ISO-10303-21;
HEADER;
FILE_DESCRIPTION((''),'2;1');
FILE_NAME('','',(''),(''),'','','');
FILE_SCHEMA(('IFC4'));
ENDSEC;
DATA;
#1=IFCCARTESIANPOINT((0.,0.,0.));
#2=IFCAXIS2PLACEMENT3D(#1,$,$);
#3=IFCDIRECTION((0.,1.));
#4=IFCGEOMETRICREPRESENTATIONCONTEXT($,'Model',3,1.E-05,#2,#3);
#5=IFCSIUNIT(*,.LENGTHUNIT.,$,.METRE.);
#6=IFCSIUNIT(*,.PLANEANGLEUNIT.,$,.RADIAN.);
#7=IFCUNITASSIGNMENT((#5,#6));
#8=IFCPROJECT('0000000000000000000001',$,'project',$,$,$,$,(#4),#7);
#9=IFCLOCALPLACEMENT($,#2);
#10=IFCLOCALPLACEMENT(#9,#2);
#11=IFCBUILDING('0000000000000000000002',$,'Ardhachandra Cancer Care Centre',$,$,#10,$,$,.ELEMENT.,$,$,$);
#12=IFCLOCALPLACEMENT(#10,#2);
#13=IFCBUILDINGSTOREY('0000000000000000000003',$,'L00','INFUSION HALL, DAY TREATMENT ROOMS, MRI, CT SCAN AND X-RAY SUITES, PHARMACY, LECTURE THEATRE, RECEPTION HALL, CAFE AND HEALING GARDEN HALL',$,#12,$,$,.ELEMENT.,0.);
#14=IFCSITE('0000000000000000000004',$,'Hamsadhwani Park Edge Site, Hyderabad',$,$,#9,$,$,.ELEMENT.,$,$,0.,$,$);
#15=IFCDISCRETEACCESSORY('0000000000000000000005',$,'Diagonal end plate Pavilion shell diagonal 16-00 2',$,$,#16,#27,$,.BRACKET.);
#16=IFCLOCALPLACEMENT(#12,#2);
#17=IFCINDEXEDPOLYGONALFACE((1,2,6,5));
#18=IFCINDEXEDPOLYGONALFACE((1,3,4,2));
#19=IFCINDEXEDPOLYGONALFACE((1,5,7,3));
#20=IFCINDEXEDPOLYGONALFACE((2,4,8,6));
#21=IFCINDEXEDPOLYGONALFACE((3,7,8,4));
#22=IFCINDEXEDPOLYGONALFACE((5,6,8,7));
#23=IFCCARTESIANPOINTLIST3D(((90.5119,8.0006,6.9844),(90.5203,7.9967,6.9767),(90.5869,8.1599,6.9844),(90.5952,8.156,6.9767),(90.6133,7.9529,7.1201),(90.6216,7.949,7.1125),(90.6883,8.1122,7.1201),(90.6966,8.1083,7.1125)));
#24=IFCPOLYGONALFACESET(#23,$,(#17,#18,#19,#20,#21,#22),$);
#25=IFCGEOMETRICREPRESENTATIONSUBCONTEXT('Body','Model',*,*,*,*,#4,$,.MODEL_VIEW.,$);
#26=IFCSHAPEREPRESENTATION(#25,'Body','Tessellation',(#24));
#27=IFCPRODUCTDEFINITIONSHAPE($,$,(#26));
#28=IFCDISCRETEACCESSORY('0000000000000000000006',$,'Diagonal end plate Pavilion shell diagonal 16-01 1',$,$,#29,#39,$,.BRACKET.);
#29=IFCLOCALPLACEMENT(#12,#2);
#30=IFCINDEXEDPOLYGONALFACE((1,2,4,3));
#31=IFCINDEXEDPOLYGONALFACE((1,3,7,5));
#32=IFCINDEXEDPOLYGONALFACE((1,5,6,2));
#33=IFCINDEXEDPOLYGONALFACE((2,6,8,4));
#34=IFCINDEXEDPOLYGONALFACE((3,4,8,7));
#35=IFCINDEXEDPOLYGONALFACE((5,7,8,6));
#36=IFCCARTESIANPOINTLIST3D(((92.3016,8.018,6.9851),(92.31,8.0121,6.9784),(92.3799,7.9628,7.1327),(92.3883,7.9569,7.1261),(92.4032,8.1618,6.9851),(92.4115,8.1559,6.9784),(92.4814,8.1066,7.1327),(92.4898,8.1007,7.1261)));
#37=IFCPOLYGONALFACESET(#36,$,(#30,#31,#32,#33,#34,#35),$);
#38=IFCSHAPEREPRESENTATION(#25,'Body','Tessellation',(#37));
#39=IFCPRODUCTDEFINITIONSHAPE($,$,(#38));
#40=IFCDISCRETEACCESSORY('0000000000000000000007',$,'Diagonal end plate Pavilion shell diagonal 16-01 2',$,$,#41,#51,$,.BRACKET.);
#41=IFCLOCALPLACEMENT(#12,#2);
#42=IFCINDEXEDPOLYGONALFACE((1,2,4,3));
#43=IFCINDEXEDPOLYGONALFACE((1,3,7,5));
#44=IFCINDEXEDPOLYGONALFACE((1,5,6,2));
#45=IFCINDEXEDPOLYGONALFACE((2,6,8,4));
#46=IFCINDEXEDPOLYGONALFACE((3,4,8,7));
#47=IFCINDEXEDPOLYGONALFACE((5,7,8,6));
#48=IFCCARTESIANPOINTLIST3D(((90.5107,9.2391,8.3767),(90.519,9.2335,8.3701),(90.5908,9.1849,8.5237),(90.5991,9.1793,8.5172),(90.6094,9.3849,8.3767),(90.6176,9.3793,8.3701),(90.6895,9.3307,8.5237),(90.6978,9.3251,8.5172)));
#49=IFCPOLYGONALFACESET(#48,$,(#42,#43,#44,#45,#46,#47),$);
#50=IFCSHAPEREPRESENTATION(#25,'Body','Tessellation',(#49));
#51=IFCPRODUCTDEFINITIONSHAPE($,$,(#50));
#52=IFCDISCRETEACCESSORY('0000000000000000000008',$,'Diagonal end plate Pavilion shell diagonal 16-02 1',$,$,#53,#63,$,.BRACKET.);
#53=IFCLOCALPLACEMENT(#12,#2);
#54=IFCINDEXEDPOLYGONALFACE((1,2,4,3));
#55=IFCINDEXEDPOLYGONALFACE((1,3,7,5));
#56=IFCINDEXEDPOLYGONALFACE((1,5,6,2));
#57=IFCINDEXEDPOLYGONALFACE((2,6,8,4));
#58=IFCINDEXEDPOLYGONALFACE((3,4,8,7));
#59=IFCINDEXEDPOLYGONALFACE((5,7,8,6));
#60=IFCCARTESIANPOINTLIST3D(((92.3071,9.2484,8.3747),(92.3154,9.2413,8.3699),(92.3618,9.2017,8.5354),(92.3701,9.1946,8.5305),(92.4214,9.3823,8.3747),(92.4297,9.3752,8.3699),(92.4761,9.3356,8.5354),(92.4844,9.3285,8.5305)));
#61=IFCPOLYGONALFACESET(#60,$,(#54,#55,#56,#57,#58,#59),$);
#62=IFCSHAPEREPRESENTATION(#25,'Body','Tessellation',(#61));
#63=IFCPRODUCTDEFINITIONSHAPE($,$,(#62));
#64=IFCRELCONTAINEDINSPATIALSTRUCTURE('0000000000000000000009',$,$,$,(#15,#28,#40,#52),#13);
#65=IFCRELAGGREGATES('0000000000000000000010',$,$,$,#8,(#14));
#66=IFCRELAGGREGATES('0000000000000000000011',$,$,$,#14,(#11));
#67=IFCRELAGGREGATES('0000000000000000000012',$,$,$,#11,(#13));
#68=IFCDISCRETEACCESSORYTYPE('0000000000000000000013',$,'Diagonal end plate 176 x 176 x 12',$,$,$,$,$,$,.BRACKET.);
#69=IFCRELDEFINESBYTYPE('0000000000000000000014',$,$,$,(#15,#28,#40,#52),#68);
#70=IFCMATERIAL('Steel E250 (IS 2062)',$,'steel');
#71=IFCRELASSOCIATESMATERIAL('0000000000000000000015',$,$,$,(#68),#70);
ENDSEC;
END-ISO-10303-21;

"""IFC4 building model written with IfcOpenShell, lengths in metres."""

from ifc_helpers import new_model, si_unit, direction, frame, origin, origin_2d, place, context, subcontext, project, spatial, rectangle, extrude, material, material_profile, profile_set, type_object, element, save


model = new_model("IFC4")

# Units and contexts
model_context = context("Model", 3, precision=1e-05, world=origin(), true_north=direction((0.0, 1.0)))
body_context = subcontext(model_context, "Body", "Model", "MODEL_VIEW")
ifc_project = project(units=[si_unit("LENGTHUNIT", "METRE"), si_unit("PLANEANGLEUNIT", "RADIAN")], contexts=[model_context])

# Site, building, storey
site_placement = place(None, origin())
site = spatial("IfcSite", under=ifc_project, at=site_placement, Name="Hamsadhwani Park Edge Site, Hyderabad", CompositionType="ELEMENT", RefElevation=0.0)
building_placement = place(site_placement, origin())
building = spatial("IfcBuilding", under=site, at=building_placement, Name="Ardhachandra Cancer Care Centre", CompositionType="ELEMENT")
storey_placement = place(building_placement, origin())
storey = spatial("IfcBuildingStorey", under=building, at=storey_placement, Name="L00", Description="INFUSION HALL, DAY TREATMENT ROOMS, MRI, CT SCAN AND X-RAY SUITES, PHARMACY, LECTURE THEATRE, RECEPTION HALL, CAFE AND HEALING GARDEN HALL", CompositionType="ELEMENT", Elevation=0.0)

# Discrete accessories
ifc_material_1 = material(Name="Steel E250 (IS 2062)", Category="steel")
ifc_material_profile_1 = material_profile(ifc_material_1, rectangle(XDim=0.176, YDim=0.176, at=origin_2d()), Name="PL 176x176x12")
ifc_profile_set_1 = profile_set([ifc_material_profile_1], Name="Steel E250 (IS 2062)")
discrete_accessory_type = type_object("IfcDiscreteAccessoryType", Name="Diagonal end plate 176 x 176 x 12", PredefinedType="BRACKET", material=ifc_profile_set_1)
for number, where, z_axis, x_axis, name in (
    (1, (90.6001, 8.0564, 7.0522), (0.697959, -0.328451, -0.636375), (0.425797, 0.904819, 0.0), "Diagonal end plate Pavilion shell diagonal 16-00 2"),
):
    element("IfcDiscreteAccessory", number, at=place(storey_placement, frame(where, z_axis=z_axis, x_axis=x_axis)), inside=storey, type_object=discrete_accessory_type, Name=name, PredefinedType="BRACKET", context=body_context, shape_type="SweptSolid", body=[
        extrude(rectangle(XDim=0.176, YDim=0.176, at=origin_2d()), origin(), (0.0, 0.0, 1.0), 0.012),
    ])
discrete_accessory_1_placement = place(storey_placement, frame((92.3999, 8.0564, 7.0522), z_axis=(-0.685367, 0.483788, 0.544262), x_axis=(-0.576683, -0.816968, 0.0)))
element("IfcDiscreteAccessory", 2, at=discrete_accessory_1_placement, inside=storey, type_object=discrete_accessory_type, Name="Diagonal end plate Pavilion shell diagonal 16-01 1", PredefinedType="BRACKET", context=body_context, shape_type="SweptSolid", body=[
    extrude(rectangle(XDim=0.176, YDim=0.176, at=origin_2d()), origin(), (0.0, 0.0, 1.0), 0.0122),
])
for number, where, z_axis, x_axis, name in (
    (3, (90.6001, 9.2849, 8.4502), (0.692007, -0.468122, -0.549535), (0.560309, 0.828283, 0.0), "Diagonal end plate Pavilion shell diagonal 16-01 2"),
    (4, (92.3999, 9.2849, 8.4502), (-0.694456, 0.59233, 0.408504), (-0.648947, -0.760834, 0.0), "Diagonal end plate Pavilion shell diagonal 16-02 1"),
):
    element("IfcDiscreteAccessory", number, at=place(storey_placement, frame(where, z_axis=z_axis, x_axis=x_axis)), inside=storey, type_object=discrete_accessory_type, Name=name, PredefinedType="BRACKET", context=body_context, shape_type="SweptSolid", body=[
        extrude(rectangle(XDim=0.176, YDim=0.176, at=origin_2d()), origin(), (0.0, 0.0, 1.0), 0.012),
    ])

save(model, "model.ifc")
